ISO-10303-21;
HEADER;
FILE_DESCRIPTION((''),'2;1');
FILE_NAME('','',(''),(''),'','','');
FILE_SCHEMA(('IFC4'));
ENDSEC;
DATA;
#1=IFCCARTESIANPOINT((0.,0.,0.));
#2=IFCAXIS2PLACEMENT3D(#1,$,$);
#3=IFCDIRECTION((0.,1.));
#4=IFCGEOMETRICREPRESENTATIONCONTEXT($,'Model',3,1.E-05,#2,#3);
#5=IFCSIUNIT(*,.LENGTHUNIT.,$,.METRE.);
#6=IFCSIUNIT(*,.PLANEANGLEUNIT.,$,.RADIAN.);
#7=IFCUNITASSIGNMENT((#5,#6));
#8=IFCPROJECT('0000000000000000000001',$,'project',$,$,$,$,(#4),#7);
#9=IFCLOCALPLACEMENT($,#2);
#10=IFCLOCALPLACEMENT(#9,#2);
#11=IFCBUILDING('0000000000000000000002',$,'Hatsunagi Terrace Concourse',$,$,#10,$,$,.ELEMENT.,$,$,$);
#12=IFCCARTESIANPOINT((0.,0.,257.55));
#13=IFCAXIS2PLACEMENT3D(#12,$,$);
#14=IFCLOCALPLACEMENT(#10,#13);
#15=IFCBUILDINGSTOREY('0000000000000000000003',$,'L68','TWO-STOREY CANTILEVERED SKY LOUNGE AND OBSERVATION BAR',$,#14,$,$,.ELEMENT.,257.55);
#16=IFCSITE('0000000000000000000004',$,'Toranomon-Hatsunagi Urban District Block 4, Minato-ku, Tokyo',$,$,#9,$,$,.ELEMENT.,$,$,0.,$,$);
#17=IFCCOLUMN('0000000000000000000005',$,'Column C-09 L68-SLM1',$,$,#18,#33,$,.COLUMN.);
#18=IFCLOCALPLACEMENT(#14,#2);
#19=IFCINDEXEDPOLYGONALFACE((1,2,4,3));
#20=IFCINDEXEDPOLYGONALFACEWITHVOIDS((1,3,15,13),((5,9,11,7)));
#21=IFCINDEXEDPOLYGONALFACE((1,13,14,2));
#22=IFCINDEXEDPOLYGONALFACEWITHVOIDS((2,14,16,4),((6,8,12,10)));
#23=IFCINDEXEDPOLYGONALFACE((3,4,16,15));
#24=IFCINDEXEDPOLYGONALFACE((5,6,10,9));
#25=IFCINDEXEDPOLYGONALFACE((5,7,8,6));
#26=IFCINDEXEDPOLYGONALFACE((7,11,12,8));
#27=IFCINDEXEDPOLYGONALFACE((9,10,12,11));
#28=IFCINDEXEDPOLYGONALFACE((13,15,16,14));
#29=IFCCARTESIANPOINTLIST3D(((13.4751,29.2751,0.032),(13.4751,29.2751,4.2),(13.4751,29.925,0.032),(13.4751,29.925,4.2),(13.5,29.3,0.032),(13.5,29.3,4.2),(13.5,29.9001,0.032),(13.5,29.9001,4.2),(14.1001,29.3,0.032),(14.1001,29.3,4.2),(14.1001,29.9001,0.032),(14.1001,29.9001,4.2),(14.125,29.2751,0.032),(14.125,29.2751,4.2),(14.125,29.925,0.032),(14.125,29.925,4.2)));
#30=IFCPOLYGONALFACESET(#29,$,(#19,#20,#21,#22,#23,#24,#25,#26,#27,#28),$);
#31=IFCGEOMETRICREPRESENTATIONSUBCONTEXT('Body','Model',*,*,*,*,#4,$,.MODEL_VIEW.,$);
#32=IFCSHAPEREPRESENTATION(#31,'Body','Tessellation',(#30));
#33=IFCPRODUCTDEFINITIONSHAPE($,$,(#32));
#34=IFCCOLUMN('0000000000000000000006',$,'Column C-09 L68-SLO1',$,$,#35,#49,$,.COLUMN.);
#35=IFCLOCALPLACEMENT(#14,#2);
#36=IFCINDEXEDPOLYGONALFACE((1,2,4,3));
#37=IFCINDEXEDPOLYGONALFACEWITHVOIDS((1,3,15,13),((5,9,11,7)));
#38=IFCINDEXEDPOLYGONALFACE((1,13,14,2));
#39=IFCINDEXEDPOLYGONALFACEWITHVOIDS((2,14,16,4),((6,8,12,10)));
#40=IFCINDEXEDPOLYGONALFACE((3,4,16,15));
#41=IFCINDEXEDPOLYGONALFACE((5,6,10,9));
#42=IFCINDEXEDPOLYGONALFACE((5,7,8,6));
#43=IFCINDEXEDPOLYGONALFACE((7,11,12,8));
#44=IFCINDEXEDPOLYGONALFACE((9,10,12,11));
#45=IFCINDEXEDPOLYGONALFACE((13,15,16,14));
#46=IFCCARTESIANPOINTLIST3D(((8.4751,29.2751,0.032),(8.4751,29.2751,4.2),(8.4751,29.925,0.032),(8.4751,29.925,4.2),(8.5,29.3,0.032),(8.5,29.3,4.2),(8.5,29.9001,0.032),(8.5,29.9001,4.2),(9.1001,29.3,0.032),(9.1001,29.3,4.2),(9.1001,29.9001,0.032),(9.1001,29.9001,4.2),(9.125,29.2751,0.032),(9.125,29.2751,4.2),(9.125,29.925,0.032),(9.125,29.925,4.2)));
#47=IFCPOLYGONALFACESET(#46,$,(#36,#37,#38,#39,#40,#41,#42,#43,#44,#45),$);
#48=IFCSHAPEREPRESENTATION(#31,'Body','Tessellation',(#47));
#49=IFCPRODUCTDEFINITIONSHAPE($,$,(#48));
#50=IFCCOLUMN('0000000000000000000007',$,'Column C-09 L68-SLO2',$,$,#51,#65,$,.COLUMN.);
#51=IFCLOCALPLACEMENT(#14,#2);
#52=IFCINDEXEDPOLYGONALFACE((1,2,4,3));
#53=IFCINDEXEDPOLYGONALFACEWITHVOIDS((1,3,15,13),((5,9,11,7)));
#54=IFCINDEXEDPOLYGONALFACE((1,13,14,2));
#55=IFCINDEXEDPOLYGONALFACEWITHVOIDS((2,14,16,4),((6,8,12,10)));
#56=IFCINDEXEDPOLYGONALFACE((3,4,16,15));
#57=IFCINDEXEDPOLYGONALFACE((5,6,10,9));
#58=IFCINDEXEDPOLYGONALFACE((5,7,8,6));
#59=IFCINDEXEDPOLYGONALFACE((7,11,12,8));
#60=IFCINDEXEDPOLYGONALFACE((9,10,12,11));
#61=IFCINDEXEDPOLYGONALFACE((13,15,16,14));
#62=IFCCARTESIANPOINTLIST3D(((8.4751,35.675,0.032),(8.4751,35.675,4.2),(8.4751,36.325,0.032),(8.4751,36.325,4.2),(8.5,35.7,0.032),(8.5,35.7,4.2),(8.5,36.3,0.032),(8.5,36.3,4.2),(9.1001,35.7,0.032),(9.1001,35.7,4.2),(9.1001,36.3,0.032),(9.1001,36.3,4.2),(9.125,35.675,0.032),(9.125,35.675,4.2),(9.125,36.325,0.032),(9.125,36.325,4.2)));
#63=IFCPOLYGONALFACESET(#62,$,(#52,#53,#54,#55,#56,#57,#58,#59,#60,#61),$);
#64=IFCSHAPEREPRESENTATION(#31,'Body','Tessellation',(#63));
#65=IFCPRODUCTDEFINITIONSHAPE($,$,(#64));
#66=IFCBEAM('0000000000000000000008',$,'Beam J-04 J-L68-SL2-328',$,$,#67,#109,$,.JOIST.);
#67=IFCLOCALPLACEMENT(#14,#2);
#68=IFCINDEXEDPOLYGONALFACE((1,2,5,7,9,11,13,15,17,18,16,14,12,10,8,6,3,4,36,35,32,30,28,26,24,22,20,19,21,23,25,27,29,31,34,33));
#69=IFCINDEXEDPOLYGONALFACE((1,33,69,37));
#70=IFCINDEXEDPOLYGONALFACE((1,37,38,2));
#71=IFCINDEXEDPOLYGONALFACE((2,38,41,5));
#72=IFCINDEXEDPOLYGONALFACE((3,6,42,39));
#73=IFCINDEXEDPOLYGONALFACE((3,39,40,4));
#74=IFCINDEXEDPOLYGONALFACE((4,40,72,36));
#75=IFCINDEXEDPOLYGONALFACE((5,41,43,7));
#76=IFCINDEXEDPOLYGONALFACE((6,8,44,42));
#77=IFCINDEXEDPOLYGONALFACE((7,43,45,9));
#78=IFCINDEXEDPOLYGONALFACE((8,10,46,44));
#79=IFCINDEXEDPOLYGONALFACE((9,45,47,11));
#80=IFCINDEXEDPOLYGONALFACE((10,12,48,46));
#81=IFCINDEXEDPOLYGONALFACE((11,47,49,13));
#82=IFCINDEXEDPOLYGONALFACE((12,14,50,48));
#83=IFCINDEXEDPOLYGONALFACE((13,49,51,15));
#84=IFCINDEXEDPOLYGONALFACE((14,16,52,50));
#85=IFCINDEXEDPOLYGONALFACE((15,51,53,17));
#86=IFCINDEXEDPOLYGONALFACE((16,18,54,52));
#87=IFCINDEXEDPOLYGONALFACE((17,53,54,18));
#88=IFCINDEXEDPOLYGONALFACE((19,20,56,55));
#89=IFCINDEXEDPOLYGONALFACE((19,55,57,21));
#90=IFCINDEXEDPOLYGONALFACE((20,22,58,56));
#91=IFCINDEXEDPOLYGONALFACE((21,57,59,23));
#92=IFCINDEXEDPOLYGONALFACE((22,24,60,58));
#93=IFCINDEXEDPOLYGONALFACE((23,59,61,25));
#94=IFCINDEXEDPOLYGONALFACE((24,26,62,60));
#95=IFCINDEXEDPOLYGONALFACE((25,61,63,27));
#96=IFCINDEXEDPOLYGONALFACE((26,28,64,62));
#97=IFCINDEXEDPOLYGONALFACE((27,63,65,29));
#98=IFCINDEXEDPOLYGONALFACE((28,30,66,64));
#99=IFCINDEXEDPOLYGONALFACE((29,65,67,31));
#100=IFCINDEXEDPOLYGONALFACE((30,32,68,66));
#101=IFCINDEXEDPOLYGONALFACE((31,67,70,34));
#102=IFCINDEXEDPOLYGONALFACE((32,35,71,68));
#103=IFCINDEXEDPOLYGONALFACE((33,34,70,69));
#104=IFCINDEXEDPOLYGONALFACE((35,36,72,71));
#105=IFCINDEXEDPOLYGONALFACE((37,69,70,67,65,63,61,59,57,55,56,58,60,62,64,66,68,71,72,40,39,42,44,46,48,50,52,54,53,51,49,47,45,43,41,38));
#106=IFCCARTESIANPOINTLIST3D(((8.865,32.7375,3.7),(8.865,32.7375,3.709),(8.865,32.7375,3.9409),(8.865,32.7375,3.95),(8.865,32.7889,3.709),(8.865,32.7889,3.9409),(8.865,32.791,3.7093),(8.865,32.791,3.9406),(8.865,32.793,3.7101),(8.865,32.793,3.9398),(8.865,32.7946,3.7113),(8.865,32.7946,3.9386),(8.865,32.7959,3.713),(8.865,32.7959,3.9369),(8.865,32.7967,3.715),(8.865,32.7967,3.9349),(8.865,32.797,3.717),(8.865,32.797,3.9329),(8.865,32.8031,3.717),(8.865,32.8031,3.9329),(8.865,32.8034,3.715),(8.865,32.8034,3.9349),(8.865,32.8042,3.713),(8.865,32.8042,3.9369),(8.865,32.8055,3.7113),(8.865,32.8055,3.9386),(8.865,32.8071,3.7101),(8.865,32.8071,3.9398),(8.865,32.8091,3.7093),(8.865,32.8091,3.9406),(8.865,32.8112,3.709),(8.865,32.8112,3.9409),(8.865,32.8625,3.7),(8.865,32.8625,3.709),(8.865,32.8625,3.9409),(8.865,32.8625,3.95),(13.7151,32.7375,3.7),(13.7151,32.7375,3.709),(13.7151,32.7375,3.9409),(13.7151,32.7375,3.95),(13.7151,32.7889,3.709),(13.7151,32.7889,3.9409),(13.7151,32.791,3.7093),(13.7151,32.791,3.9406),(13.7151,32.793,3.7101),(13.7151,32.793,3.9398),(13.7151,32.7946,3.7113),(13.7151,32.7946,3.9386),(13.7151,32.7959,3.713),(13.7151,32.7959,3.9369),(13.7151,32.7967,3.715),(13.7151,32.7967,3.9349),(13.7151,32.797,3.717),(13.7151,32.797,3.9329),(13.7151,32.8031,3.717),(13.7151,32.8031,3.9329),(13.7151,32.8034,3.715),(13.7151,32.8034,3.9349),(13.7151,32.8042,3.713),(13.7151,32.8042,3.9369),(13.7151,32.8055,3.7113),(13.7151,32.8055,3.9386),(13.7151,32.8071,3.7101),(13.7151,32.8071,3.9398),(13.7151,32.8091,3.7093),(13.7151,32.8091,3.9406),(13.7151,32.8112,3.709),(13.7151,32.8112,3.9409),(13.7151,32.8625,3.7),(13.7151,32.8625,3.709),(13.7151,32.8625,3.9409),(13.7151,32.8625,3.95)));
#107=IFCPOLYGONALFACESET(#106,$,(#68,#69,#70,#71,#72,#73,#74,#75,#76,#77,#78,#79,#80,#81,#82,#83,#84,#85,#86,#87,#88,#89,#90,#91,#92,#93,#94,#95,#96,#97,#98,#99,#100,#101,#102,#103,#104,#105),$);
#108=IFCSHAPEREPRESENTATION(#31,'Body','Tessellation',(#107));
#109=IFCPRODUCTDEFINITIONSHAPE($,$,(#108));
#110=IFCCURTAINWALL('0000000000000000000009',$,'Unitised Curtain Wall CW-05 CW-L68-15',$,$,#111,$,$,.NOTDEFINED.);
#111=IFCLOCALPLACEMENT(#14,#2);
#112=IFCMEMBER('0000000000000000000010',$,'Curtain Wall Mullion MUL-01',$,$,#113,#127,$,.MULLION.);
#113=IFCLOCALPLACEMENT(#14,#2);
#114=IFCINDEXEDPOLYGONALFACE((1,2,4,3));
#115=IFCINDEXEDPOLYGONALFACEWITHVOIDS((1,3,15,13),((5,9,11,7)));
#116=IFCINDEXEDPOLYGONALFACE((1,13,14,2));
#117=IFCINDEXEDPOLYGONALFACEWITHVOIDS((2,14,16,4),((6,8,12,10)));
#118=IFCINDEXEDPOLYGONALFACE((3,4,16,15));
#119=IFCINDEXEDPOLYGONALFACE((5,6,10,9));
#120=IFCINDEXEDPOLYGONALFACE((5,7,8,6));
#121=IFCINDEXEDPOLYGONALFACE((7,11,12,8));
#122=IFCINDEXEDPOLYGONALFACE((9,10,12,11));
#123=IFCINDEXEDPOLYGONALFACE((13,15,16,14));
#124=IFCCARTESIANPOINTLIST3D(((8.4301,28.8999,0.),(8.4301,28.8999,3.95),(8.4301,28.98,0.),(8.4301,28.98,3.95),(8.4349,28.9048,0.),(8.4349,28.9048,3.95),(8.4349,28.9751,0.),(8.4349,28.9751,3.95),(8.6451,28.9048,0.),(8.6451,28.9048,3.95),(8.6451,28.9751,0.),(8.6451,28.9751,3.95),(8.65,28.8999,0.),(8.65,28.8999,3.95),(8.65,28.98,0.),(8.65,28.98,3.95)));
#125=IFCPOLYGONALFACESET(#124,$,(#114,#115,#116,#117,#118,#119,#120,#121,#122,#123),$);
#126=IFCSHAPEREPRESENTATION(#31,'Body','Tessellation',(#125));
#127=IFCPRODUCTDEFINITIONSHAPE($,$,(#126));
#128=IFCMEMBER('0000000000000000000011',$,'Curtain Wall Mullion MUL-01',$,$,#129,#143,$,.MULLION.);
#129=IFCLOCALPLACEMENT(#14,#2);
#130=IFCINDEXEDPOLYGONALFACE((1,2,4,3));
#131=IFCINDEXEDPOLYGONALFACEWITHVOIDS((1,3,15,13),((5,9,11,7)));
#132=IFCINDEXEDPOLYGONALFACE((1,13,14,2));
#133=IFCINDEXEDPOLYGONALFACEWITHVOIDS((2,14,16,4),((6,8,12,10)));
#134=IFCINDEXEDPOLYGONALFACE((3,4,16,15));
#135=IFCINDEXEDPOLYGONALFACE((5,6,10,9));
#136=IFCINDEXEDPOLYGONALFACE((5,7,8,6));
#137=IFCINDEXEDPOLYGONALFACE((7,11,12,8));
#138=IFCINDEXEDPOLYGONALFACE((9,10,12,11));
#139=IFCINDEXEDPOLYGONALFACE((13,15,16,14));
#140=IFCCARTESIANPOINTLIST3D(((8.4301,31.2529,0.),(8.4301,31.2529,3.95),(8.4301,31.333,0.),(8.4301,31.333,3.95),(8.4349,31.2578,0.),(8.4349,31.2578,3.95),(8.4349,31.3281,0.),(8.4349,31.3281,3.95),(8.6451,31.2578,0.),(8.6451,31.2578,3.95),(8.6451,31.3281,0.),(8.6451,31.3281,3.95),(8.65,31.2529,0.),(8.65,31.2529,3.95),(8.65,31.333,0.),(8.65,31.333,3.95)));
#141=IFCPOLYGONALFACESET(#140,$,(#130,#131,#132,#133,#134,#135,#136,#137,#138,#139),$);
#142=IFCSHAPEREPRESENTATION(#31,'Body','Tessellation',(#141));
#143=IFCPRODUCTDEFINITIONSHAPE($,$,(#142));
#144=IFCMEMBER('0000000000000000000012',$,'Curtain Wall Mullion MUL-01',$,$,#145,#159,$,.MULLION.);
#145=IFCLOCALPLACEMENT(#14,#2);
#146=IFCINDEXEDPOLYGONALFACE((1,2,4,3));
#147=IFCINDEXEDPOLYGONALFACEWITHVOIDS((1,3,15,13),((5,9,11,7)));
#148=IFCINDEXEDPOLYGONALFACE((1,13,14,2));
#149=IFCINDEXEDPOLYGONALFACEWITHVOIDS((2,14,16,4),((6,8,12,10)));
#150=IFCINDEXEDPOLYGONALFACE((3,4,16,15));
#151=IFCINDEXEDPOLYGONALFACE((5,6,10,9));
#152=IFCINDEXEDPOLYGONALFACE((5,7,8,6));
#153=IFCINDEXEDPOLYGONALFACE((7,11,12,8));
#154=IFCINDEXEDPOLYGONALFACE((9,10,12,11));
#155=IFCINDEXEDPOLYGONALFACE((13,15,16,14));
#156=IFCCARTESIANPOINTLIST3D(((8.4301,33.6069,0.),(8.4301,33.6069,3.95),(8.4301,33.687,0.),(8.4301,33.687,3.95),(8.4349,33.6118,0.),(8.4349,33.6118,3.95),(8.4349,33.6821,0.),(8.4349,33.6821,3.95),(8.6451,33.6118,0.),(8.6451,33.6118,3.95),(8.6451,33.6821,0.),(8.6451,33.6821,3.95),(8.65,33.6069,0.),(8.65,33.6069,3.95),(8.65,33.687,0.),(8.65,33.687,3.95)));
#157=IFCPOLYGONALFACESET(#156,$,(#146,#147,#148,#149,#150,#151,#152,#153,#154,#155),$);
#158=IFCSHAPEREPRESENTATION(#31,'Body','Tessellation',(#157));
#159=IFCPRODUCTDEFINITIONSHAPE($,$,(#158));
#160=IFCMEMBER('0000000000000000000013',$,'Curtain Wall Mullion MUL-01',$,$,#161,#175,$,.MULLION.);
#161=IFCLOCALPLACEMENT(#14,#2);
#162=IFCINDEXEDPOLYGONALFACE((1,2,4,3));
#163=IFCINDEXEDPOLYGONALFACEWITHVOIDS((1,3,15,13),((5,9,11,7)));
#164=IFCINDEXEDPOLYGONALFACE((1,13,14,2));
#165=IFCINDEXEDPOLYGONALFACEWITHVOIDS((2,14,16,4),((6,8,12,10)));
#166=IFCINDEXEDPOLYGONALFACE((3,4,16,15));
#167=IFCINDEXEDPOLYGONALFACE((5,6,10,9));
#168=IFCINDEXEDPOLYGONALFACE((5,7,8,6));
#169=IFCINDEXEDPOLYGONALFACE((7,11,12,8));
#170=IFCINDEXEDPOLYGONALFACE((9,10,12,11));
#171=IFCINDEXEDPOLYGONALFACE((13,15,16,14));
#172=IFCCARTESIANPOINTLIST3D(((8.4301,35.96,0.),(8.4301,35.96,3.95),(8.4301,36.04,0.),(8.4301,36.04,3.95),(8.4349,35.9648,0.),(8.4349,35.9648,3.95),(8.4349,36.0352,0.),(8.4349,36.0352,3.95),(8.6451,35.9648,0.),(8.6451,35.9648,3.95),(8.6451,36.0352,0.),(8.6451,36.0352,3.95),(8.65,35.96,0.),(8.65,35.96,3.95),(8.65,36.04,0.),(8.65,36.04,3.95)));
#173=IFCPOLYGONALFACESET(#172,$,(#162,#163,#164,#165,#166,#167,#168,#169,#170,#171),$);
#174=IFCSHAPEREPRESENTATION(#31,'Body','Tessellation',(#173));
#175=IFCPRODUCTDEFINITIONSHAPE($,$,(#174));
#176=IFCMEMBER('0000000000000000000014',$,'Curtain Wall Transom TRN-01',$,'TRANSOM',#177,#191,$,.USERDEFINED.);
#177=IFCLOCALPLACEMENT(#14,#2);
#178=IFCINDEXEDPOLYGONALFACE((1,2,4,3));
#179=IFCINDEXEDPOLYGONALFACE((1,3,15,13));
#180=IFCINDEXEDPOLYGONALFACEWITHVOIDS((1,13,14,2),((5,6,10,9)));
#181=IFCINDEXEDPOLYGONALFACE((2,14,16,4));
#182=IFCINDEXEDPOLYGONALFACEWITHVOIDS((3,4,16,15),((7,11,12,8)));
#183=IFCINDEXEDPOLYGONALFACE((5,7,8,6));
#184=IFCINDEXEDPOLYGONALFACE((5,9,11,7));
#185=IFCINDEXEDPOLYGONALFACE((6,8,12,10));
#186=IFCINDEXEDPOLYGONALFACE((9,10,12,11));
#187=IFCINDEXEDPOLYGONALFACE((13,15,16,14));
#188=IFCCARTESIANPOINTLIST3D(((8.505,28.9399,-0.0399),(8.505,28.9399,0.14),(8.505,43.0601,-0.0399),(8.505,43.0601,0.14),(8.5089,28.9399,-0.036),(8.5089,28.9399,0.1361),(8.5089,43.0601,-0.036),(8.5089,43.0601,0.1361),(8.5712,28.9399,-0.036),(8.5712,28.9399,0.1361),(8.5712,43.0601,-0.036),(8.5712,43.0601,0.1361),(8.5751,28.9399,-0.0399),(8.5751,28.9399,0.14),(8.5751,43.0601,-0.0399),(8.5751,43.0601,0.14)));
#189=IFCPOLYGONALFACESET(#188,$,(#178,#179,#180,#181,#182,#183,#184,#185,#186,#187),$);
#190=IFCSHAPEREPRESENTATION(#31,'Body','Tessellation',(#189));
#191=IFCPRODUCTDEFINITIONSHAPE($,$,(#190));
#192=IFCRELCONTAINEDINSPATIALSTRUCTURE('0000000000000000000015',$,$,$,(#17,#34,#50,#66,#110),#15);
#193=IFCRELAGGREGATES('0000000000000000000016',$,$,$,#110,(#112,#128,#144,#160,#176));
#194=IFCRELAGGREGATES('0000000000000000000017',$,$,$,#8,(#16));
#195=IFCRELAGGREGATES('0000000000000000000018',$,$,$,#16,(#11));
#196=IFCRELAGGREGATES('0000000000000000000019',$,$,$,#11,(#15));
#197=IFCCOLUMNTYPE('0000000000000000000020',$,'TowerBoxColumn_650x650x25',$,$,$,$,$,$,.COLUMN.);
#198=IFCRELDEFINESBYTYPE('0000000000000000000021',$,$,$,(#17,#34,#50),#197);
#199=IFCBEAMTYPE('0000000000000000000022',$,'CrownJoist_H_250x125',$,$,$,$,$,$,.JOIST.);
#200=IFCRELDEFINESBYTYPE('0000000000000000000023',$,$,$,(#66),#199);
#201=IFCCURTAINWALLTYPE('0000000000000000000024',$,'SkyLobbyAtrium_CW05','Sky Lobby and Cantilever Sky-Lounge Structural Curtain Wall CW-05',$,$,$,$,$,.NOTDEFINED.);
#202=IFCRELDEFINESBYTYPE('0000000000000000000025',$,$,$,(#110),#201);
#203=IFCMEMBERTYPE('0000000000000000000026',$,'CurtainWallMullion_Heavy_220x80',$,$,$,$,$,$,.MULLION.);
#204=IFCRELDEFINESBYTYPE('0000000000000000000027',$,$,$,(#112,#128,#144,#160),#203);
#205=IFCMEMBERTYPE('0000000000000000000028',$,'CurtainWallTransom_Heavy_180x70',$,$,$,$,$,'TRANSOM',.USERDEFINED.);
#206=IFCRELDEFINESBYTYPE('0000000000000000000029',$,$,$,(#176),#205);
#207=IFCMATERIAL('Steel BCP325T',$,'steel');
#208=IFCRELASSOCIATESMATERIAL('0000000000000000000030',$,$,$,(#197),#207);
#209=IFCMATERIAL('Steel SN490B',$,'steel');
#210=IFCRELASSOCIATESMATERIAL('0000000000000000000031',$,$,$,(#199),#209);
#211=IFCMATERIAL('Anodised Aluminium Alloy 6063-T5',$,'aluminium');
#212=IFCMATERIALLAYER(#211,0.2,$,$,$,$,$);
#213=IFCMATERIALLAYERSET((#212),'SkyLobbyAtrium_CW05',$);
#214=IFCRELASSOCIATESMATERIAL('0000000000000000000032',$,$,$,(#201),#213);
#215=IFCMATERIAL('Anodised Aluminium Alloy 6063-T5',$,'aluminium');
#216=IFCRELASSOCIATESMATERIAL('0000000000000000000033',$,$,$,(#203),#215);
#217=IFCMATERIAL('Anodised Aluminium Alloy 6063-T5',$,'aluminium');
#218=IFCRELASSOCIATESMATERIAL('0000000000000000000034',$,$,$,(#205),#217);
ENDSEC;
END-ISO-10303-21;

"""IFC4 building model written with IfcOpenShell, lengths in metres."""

from ifc_helpers import new_model, si_unit, direction, frame, origin, origin_2d, place, context, subcontext, project, spatial, hollow_rectangle, i_section, extrude, material, layer, layer_set, material_profile, profile_set, type_object, element, aggregate, save


model = new_model("IFC4")

# Units and contexts
model_context = context("Model", 3, precision=1e-05, world=origin(), true_north=direction((0.0, 1.0)))
body_context = subcontext(model_context, "Body", "Model", "MODEL_VIEW")
ifc_project = project(units=[si_unit("LENGTHUNIT", "METRE"), si_unit("PLANEANGLEUNIT", "RADIAN")], contexts=[model_context])

# Site, building, storey
site_placement = place(None, origin())
site = spatial("IfcSite", under=ifc_project, at=site_placement, Name="Toranomon-Hatsunagi Urban District Block 4, Minato-ku, Tokyo", CompositionType="ELEMENT", RefElevation=0.0)
building_placement = place(site_placement, origin())
building = spatial("IfcBuilding", under=site, at=building_placement, Name="Hatsunagi Terrace Concourse", CompositionType="ELEMENT")
storey_placement = place(building_placement, frame((0.0, 0.0, 257.55)))
storey = spatial("IfcBuildingStorey", under=building, at=storey_placement, Name="L68", Description="TWO-STOREY CANTILEVERED SKY LOUNGE AND OBSERVATION BAR", CompositionType="ELEMENT", Elevation=257.55)

# Columns
ifc_material_1 = material(Name="Steel BCP325T", Category="steel")
ifc_material_profile_1 = material_profile(ifc_material_1, hollow_rectangle(XDim=0.6499, YDim=0.6499, WallThickness=0.0249, at=origin_2d()), Name="BCP-650x650x25")
ifc_profile_set_1 = profile_set([ifc_material_profile_1], Name="Steel BCP325T")
column_type = type_object("IfcColumnType", Name="TowerBoxColumn_650x650x25", PredefinedType="COLUMN", material=ifc_profile_set_1)
for number, where, z_axis, x_axis, name in (
    (1, (13.8, 29.6001, 0.032), (0.0, 0.0, 1.0), (1.0, 0.0, 0.0), "Column C-09 L68-SLM1"),
    (2, (8.8, 29.6001, 0.032), (0.0, 0.0, 1.0), (1.0, 0.0, 0.0), "Column C-09 L68-SLO1"),
    (3, (8.8, 36.0, 0.032), (0.0, 0.0, 1.0), (1.0, 0.0, 0.0), "Column C-09 L68-SLO2"),
):
    element("IfcColumn", number, at=place(storey_placement, frame(where, z_axis=z_axis, x_axis=x_axis)), inside=storey, type_object=column_type, Name=name, PredefinedType="COLUMN", context=body_context, shape_type="SweptSolid", body=[
        extrude(hollow_rectangle(XDim=0.6499, YDim=0.6499, WallThickness=0.0249, at=origin_2d()), origin(), (0.0, 0.0, 1.0), 4.168),
    ])

# Beam
ifc_material_2 = material(Name="Steel SN490B", Category="steel")
ifc_material_profile_2 = material_profile(ifc_material_2, i_section(OverallWidth=0.125, OverallDepth=0.25, WebThickness=0.0061, FlangeThickness=0.009, FilletRadius=0.0081, at=origin_2d()), Name="H-250x125x6x9")
ifc_profile_set_2 = profile_set([ifc_material_profile_2], Name="Steel SN490B")
beam_type_1 = type_object("IfcBeamType", Name="CrownJoist_H_250x125", PredefinedType="JOIST", material=ifc_profile_set_2)
beam_1_placement = place(storey_placement, frame((13.7151, 32.8, 3.825), z_axis=(-1.0, 0.0, 0.0), x_axis=(0.0, -1.0, 0.0)))
element("IfcBeam", 4, at=beam_1_placement, inside=storey, type_object=beam_type_1, Name="Beam J-04 J-L68-SL2-328", PredefinedType="JOIST", context=body_context, shape_type="SweptSolid", body=[
    extrude(i_section(OverallWidth=0.125, OverallDepth=0.25, WebThickness=0.0061, FlangeThickness=0.009, FilletRadius=0.0081, at=origin_2d()), origin(), (0.0, 0.0, 1.0), 4.8501),
])

# Curtain wall, members
ifc_material_3 = material(Name="Anodised Aluminium Alloy 6063-T5", Category="aluminium")
ifc_layer_1 = layer(ifc_material_3, 0.2)
ifc_layer_set_1 = layer_set([ifc_layer_1], Name="SkyLobbyAtrium_CW05")
curtain_wall_type = type_object("IfcCurtainWallType", Name="SkyLobbyAtrium_CW05", Description="Sky Lobby and Cantilever Sky-Lounge Structural Curtain Wall CW-05", PredefinedType="NOTDEFINED", material=ifc_layer_set_1)
curtain_wall_placement = place(storey_placement, origin())
curtain_wall = element("IfcCurtainWall", 5, at=curtain_wall_placement, inside=storey, type_object=curtain_wall_type, Name="Unitised Curtain Wall CW-05 CW-L68-15", PredefinedType="NOTDEFINED")
ifc_material_4 = material(Name="Anodised Aluminium Alloy 6063-T5", Category="aluminium")
ifc_material_profile_3 = material_profile(ifc_material_4, hollow_rectangle(XDim=0.0801, YDim=0.22, WallThickness=0.0049, at=origin_2d()), Name="ALU-MUL-220x80x5")
ifc_profile_set_3 = profile_set([ifc_material_profile_3], Name="Anodised Aluminium Alloy 6063-T5")
member_type_1 = type_object("IfcMemberType", Name="CurtainWallMullion_Heavy_220x80", PredefinedType="MULLION", material=ifc_profile_set_3)
member_1_placement = place(storey_placement, frame((8.54, 28.9399, 0.0), z_axis=(0.0, 0.0, 1.0), x_axis=(0.0, 1.0, 0.0)))
member_1 = element("IfcMember", 6, at=member_1_placement, type_object=member_type_1, Name="Curtain Wall Mullion MUL-01", PredefinedType="MULLION", context=body_context, shape_type="SweptSolid", body=[
    extrude(hollow_rectangle(XDim=0.0801, YDim=0.22, WallThickness=0.0049, at=origin_2d()), origin(), (0.0, 0.0, 1.0), 3.95),
])
member_2_placement = place(storey_placement, frame((8.54, 31.293, 0.0), z_axis=(0.0, 0.0, 1.0), x_axis=(0.0, 1.0, 0.0)))
member_2 = element("IfcMember", 7, at=member_2_placement, type_object=member_type_1, Name="Curtain Wall Mullion MUL-01", PredefinedType="MULLION", context=body_context, shape_type="SweptSolid", body=[
    extrude(hollow_rectangle(XDim=0.0801, YDim=0.22, WallThickness=0.0049, at=origin_2d()), origin(), (0.0, 0.0, 1.0), 3.95),
])
member_3_placement = place(storey_placement, frame((8.54, 33.647, 0.0), z_axis=(0.0, 0.0, 1.0), x_axis=(0.0, 1.0, 0.0)))
member_3 = element("IfcMember", 8, at=member_3_placement, type_object=member_type_1, Name="Curtain Wall Mullion MUL-01", PredefinedType="MULLION", context=body_context, shape_type="SweptSolid", body=[
    extrude(hollow_rectangle(XDim=0.0801, YDim=0.22, WallThickness=0.0049, at=origin_2d()), origin(), (0.0, 0.0, 1.0), 3.95),
])
member_4_placement = place(storey_placement, frame((8.54, 36.0, 0.0), z_axis=(0.0, 0.0, 1.0), x_axis=(0.0, 1.0, 0.0)))
member_4 = element("IfcMember", 9, at=member_4_placement, type_object=member_type_1, Name="Curtain Wall Mullion MUL-01", PredefinedType="MULLION", context=body_context, shape_type="SweptSolid", body=[
    extrude(hollow_rectangle(XDim=0.0801, YDim=0.22, WallThickness=0.0049, at=origin_2d()), origin(), (0.0, 0.0, 1.0), 3.95),
])
ifc_material_5 = material(Name="Anodised Aluminium Alloy 6063-T5", Category="aluminium")
ifc_material_profile_4 = material_profile(ifc_material_5, hollow_rectangle(XDim=0.0701, YDim=0.1799, WallThickness=0.0039, at=origin_2d()), Name="ALU-TRN-180x70x4")
ifc_profile_set_4 = profile_set([ifc_material_profile_4], Name="Anodised Aluminium Alloy 6063-T5")
member_type_2 = type_object("IfcMemberType", Name="CurtainWallTransom_Heavy_180x70", ElementType="TRANSOM", PredefinedType="USERDEFINED", material=ifc_profile_set_4)
member_5_placement = place(storey_placement, frame((8.54, 28.9399, 0.05), z_axis=(0.0, 1.0, 0.0), x_axis=(-1.0, 0.0, 0.0)))
member_5 = element("IfcMember", 10, at=member_5_placement, type_object=member_type_2, Name="Curtain Wall Transom TRN-01", ObjectType="TRANSOM", PredefinedType="USERDEFINED", context=body_context, shape_type="SweptSolid", body=[
    extrude(hollow_rectangle(XDim=0.0701, YDim=0.1799, WallThickness=0.0039, at=origin_2d()), origin(), (0.0, 0.0, 1.0), 14.1201),
])

aggregate(curtain_wall, [member_1, member_2, member_3, member_4, member_5])

save(model, "model.ifc")
